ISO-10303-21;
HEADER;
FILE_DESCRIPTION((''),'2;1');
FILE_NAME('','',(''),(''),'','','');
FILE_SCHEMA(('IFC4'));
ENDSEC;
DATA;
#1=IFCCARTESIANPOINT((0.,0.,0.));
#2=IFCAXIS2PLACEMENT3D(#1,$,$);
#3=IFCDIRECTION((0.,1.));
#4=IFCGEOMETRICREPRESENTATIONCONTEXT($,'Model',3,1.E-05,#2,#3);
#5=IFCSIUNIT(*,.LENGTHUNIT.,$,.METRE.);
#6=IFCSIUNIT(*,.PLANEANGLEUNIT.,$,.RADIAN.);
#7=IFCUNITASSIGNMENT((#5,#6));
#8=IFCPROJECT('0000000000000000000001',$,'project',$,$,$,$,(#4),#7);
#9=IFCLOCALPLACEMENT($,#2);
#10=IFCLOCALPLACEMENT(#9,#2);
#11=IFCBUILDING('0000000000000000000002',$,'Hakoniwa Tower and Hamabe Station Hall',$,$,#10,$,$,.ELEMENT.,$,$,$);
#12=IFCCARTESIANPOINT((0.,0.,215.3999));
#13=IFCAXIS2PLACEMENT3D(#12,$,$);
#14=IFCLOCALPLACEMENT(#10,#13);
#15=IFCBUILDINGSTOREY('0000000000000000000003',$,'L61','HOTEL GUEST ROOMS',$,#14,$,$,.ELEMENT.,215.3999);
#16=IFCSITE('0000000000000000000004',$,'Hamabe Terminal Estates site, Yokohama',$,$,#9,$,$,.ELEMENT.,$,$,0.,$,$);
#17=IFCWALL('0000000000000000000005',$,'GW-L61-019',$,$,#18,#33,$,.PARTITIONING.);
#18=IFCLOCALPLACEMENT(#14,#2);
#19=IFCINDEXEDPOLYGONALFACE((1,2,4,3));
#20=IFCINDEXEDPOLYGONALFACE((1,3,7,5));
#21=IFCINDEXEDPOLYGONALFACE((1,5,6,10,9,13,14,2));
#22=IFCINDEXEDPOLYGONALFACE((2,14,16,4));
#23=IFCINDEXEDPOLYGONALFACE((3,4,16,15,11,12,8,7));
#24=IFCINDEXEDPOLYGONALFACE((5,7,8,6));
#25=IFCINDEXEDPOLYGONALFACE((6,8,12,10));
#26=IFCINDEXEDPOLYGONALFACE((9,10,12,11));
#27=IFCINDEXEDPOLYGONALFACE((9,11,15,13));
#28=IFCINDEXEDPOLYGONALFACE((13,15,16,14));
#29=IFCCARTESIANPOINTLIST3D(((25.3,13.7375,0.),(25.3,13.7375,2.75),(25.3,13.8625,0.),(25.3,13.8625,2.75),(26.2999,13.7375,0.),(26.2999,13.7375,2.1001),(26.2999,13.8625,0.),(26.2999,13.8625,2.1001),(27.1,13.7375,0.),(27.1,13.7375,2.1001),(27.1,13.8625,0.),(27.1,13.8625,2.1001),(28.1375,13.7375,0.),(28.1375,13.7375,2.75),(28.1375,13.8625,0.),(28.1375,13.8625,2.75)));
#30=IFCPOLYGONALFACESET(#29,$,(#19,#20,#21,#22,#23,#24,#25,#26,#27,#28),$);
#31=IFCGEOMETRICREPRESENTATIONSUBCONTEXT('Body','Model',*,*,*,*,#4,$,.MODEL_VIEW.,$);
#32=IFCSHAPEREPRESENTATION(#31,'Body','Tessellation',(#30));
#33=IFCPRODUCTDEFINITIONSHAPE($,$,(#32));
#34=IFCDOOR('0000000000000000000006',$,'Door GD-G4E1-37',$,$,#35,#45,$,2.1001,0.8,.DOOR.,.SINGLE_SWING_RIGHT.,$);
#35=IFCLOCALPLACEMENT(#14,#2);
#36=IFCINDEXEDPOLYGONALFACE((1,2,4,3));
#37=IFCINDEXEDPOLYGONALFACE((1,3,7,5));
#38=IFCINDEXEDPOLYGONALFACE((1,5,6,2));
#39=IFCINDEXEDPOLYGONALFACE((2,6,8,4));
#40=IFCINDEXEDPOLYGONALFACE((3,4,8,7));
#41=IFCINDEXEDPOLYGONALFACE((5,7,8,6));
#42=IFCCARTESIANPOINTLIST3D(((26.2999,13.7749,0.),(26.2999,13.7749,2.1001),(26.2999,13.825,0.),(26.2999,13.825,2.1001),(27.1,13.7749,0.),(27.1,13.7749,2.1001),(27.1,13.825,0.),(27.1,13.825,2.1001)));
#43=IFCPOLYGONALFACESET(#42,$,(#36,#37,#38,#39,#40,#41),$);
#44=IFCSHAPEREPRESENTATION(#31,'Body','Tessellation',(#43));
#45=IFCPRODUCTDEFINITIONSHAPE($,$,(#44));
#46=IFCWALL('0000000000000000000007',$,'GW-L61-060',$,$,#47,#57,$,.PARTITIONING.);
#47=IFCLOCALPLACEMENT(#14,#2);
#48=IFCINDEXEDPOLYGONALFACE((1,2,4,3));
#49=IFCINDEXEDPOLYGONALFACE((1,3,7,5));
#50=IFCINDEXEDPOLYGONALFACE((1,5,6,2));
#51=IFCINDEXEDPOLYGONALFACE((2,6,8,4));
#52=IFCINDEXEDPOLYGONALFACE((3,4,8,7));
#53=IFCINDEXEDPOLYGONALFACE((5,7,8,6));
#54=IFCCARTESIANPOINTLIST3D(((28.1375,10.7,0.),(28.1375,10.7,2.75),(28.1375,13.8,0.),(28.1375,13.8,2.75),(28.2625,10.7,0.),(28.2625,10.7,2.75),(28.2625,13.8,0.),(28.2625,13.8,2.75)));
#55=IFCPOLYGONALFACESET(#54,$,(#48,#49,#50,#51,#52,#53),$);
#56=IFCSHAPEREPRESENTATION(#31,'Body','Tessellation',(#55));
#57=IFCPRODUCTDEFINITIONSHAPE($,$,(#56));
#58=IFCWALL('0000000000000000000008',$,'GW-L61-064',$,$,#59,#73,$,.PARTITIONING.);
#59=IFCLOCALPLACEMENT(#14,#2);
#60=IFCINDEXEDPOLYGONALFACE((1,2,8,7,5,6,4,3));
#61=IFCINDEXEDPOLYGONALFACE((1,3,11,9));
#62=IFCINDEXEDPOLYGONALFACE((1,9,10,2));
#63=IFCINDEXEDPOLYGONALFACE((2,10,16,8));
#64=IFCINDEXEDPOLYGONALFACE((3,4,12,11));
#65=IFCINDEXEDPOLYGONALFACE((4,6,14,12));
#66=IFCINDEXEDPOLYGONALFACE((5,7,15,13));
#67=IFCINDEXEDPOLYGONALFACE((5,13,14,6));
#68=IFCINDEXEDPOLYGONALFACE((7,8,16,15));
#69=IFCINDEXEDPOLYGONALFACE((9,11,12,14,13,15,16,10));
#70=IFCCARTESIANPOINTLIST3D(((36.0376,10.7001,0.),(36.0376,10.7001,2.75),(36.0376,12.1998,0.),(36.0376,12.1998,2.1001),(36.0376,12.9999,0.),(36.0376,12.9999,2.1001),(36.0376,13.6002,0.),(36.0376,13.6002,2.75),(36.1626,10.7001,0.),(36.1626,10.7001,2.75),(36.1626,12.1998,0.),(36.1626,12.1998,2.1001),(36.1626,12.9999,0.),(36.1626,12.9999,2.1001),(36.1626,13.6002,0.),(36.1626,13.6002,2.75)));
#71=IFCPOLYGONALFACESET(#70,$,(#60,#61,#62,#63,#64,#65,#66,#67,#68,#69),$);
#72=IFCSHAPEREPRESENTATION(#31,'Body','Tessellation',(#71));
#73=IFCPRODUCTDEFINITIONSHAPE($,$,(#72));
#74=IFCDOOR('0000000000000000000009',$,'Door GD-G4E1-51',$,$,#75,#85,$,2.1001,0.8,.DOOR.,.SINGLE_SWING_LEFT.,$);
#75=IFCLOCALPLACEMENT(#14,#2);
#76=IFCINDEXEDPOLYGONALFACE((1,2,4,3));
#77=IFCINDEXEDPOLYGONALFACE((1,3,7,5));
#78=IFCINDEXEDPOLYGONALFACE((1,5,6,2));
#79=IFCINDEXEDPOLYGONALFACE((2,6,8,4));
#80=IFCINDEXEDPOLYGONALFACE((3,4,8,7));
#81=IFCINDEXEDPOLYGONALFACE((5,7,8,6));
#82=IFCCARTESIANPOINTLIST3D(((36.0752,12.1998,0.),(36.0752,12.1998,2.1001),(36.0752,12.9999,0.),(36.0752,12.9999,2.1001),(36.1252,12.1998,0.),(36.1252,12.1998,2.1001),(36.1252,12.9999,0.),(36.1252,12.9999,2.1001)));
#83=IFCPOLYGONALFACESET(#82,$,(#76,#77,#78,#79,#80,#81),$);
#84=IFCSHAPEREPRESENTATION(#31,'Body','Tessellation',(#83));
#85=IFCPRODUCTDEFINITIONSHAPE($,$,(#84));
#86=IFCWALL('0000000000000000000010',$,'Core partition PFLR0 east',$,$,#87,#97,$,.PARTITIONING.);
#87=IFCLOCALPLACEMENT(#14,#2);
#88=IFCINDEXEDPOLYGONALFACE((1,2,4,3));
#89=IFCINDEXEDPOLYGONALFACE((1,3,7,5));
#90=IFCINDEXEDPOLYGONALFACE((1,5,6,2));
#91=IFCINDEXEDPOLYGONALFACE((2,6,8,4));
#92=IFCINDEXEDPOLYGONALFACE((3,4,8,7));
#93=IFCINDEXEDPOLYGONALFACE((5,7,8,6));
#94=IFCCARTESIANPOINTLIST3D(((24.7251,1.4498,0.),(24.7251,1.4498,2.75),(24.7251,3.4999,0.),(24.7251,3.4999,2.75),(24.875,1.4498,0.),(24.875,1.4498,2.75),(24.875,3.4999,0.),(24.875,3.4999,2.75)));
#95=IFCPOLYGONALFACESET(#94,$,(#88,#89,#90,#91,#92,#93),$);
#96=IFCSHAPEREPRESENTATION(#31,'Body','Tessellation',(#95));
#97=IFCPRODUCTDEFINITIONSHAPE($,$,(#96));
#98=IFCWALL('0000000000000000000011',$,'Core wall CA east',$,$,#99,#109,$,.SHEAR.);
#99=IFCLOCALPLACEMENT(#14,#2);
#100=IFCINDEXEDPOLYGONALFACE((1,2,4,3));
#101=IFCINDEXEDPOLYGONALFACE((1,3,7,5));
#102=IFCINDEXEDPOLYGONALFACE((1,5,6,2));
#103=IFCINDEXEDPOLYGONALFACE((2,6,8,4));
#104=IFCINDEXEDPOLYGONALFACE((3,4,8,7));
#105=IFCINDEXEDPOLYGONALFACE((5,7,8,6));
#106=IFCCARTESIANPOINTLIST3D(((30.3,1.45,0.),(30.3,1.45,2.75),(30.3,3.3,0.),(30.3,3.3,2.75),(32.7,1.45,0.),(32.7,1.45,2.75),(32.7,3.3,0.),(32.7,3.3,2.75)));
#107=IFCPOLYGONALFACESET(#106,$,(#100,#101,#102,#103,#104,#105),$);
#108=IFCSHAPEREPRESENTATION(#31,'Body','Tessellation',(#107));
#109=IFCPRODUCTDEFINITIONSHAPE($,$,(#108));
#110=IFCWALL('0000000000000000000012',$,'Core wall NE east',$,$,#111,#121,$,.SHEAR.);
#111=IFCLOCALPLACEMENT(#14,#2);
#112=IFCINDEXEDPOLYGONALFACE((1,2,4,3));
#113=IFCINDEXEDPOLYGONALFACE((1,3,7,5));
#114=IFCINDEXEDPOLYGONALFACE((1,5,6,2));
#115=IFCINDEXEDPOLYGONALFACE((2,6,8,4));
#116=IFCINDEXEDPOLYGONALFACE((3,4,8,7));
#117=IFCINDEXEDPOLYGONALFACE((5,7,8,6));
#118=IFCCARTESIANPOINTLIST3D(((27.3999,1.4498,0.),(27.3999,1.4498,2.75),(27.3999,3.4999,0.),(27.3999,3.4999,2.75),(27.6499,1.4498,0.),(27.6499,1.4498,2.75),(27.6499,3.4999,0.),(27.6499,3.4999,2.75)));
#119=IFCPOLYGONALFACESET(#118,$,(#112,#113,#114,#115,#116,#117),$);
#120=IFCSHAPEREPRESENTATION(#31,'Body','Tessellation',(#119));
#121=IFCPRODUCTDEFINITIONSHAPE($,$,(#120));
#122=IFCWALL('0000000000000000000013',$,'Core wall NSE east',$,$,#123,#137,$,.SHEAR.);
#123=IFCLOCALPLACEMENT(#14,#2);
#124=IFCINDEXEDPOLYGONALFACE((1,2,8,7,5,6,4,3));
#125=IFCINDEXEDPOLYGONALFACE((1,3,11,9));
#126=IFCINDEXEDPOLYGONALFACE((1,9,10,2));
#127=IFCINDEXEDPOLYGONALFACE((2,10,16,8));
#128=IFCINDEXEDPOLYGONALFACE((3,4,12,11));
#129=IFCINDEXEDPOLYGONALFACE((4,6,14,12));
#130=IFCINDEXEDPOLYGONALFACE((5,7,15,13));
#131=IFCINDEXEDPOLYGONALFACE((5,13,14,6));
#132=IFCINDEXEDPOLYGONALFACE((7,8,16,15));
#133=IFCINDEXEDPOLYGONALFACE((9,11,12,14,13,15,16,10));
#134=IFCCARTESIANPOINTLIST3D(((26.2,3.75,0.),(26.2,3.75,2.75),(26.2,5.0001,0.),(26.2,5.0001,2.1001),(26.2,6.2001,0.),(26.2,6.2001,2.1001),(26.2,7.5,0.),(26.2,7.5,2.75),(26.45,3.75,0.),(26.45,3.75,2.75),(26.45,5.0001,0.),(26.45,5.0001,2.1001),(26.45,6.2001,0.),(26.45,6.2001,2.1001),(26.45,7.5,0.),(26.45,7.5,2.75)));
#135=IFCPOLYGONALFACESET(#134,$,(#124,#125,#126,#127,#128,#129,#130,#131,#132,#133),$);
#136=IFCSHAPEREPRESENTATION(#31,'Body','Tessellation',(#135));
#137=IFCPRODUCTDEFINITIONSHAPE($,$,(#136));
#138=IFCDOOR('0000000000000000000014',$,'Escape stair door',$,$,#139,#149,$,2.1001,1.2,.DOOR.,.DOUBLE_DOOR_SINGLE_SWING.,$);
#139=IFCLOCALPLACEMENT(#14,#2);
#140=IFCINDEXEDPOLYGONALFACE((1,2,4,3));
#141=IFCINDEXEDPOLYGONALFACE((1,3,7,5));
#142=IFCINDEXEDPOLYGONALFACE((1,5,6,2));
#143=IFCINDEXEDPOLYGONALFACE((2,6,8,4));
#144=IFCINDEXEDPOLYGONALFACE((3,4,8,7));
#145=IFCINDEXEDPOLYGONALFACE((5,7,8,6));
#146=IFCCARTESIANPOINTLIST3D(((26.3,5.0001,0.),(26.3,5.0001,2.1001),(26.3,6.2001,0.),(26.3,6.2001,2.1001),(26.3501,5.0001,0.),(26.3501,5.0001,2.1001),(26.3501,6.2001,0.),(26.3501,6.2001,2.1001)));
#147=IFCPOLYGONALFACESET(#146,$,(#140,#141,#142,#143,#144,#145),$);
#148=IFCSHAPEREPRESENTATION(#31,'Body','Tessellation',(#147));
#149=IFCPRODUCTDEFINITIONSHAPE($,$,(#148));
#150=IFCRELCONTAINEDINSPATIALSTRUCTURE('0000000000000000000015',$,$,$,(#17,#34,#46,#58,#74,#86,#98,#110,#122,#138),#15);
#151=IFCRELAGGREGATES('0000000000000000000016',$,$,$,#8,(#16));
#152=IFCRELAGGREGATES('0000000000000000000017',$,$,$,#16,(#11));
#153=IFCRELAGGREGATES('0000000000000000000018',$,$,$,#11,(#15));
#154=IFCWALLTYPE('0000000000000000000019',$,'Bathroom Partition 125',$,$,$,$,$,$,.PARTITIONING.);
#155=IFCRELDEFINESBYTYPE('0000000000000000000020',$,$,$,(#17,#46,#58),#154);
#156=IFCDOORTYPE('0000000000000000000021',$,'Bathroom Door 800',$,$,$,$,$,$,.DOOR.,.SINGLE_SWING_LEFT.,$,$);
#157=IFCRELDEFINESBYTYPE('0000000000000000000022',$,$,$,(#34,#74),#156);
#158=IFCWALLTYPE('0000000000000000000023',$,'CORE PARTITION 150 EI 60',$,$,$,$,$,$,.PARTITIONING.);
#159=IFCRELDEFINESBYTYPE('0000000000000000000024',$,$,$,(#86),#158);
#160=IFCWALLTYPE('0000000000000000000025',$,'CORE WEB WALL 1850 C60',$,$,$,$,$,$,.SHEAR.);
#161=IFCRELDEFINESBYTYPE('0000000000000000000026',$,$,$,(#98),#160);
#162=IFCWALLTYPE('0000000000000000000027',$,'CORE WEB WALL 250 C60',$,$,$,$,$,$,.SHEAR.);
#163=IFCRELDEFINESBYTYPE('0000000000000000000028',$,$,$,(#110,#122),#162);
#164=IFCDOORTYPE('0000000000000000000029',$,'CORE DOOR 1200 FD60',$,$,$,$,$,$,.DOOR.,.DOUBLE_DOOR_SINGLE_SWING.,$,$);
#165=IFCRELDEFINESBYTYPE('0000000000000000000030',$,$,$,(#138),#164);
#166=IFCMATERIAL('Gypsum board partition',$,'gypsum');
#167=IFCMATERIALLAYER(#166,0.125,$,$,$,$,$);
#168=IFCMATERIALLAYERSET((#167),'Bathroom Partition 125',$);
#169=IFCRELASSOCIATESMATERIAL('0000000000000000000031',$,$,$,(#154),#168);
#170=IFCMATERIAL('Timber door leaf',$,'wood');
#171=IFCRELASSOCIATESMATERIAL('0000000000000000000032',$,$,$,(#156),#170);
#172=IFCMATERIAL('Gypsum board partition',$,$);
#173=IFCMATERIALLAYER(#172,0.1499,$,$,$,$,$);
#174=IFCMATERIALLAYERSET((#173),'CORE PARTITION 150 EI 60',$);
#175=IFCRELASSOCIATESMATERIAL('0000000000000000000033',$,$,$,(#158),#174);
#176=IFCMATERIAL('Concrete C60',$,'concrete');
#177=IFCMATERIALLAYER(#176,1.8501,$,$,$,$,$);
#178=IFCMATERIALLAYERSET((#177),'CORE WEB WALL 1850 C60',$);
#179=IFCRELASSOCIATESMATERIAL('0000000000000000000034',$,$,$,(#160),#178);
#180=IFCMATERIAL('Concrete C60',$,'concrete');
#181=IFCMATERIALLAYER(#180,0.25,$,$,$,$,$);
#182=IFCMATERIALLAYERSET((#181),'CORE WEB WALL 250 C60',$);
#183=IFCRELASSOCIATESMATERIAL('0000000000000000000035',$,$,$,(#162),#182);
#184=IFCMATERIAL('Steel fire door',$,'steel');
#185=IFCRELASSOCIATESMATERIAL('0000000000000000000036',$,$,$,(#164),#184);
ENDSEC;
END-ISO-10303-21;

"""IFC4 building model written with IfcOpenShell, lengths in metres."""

from ifc_helpers import new_model, si_unit, direction, frame, frame_2d, origin, place, context, subcontext, project, spatial, rectangle, extrude, material, layer, layer_set, type_object, element, fill, save


model = new_model("IFC4")

# Units and contexts
model_context = context("Model", 3, precision=1e-05, world=origin(), true_north=direction((0.0, 1.0)))
body_context = subcontext(model_context, "Body", "Model", "MODEL_VIEW")
ifc_project = project(units=[si_unit("LENGTHUNIT", "METRE"), si_unit("PLANEANGLEUNIT", "RADIAN")], contexts=[model_context])

# Site, building, storey
site_placement = place(None, origin())
site = spatial("IfcSite", under=ifc_project, at=site_placement, Name="Hamabe Terminal Estates site, Yokohama", CompositionType="ELEMENT", RefElevation=0.0)
building_placement = place(site_placement, origin())
building = spatial("IfcBuilding", under=site, at=building_placement, Name="Hakoniwa Tower and Hamabe Station Hall", CompositionType="ELEMENT")
storey_placement = place(building_placement, frame((0.0, 0.0, 215.3999)))
storey = spatial("IfcBuildingStorey", under=building, at=storey_placement, Name="L61", Description="HOTEL GUEST ROOMS", CompositionType="ELEMENT", Elevation=215.3999)

# Shared definitions
ifc_material_1 = material(Name="Gypsum board partition", Category="gypsum")
ifc_layer_1 = layer(ifc_material_1, 0.125)
ifc_layer_set_1 = layer_set([ifc_layer_1], Name="Bathroom Partition 125")
wall_type_1 = type_object("IfcWallType", Name="Bathroom Partition 125", PredefinedType="PARTITIONING", material=ifc_layer_set_1)

# Wall, opening, door
wall_1_placement = place(storey_placement, frame((25.3, 13.8, 0.0), z_axis=(0.0, 0.0, 1.0), x_axis=(1.0, 0.0, 0.0)))
wall_1 = element("IfcWall", 1, at=wall_1_placement, inside=storey, type_object=wall_type_1, Name="GW-L61-019", PredefinedType="PARTITIONING", context=body_context, shape_type="SweptSolid", body=[
    extrude(rectangle(XDim=2.8374, YDim=0.125, at=frame_2d((1.4187, 0.0))), origin(), (0.0, 0.0, 1.0), 2.75),
])
opening_1_placement = place(wall_1_placement, frame((1.0, 0.0, 0.0)))
opening_1 = element("IfcOpeningElement", 2, at=opening_1_placement, cuts=wall_1, PredefinedType="OPENING", context=body_context, shape_type="SweptSolid", body=[
    extrude(rectangle(XDim=0.8, YDim=2.1001, at=frame_2d((0.3999, 1.05))), frame((0.0, 0.0725, 0.0), z_axis=(0.0, -1.0, 0.0), x_axis=(1.0, 0.0, 0.0)), (0.0, 0.0, 1.0), 0.145),
])
ifc_material_2 = material(Name="Timber door leaf", Category="wood")
door_type_1 = type_object("IfcDoorType", Name="Bathroom Door 800", OperationType="SINGLE_SWING_LEFT", PredefinedType="DOOR", material=ifc_material_2)
door_1_placement = place(opening_1_placement, origin())
door_1 = element("IfcDoor", 3, at=door_1_placement, inside=storey, type_object=door_type_1, Name="Door GD-G4E1-37", OperationType="SINGLE_SWING_RIGHT", OverallHeight=2.1001, OverallWidth=0.8, PredefinedType="DOOR", context=body_context, shape_type="SweptSolid", body=[
    extrude(rectangle(XDim=0.8, YDim=2.1001, at=frame_2d((0.3999, 1.05))), frame((0.0, 0.0249, 0.0), z_axis=(0.0, -1.0, 0.0), x_axis=(1.0, 0.0, 0.0)), (0.0, 0.0, 1.0), 0.05),
])
fill(opening_1, door_1)

# Wall
wall_2_placement = place(storey_placement, frame((28.2, 10.7, 0.0), z_axis=(0.0, 0.0, 1.0), x_axis=(0.0, 1.0, 0.0)))
element("IfcWall", 4, at=wall_2_placement, inside=storey, type_object=wall_type_1, Name="GW-L61-060", PredefinedType="PARTITIONING", context=body_context, shape_type="SweptSolid", body=[
    extrude(rectangle(XDim=3.1001, YDim=0.125, at=frame_2d((1.55, 0.0))), origin(), (0.0, 0.0, 1.0), 2.75),
])

# Wall, opening, door
wall_3_placement = place(storey_placement, frame((36.1001, 10.7, 0.0), z_axis=(0.0, 0.0, 1.0), x_axis=(0.0, 1.0, 0.0)))
wall_3 = element("IfcWall", 5, at=wall_3_placement, inside=storey, type_object=wall_type_1, Name="GW-L61-064", PredefinedType="PARTITIONING", context=body_context, shape_type="SweptSolid", body=[
    extrude(rectangle(XDim=2.9001, YDim=0.125, at=frame_2d((1.4502, 0.0))), origin(), (0.0, 0.0, 1.0), 2.75),
])
opening_2_placement = place(wall_3_placement, frame((1.5, 0.0, 0.0)))
opening_2 = element("IfcOpeningElement", 6, at=opening_2_placement, cuts=wall_3, PredefinedType="OPENING", context=body_context, shape_type="SweptSolid", body=[
    extrude(rectangle(XDim=0.8, YDim=2.1001, at=frame_2d((0.3999, 1.05))), frame((0.0, 0.0725, 0.0), z_axis=(0.0, -1.0, 0.0), x_axis=(1.0, 0.0, 0.0)), (0.0, 0.0, 1.0), 0.145),
])
door_2_placement = place(opening_2_placement, origin())
door_2 = element("IfcDoor", 7, at=door_2_placement, inside=storey, type_object=door_type_1, Name="Door GD-G4E1-51", OperationType="SINGLE_SWING_LEFT", OverallHeight=2.1001, OverallWidth=0.8, PredefinedType="DOOR", context=body_context, shape_type="SweptSolid", body=[
    extrude(rectangle(XDim=0.8, YDim=2.1001, at=frame_2d((0.3999, 1.05))), frame((0.0, 0.0249, 0.0), z_axis=(0.0, -1.0, 0.0), x_axis=(1.0, 0.0, 0.0)), (0.0, 0.0, 1.0), 0.05),
])
fill(opening_2, door_2)

# Walls
ifc_material_3 = material(Name="Gypsum board partition")
ifc_layer_2 = layer(ifc_material_3, 0.1499)
ifc_layer_set_2 = layer_set([ifc_layer_2], Name="CORE PARTITION 150 EI 60")
wall_type_2 = type_object("IfcWallType", Name="CORE PARTITION 150 EI 60", PredefinedType="PARTITIONING", material=ifc_layer_set_2)
wall_4_placement = place(storey_placement, frame((24.8, 1.45, 0.0), z_axis=(0.0, 0.0, 1.0), x_axis=(0.0, 1.0, 0.0)))
element("IfcWall", 8, at=wall_4_placement, inside=storey, type_object=wall_type_2, Name="Core partition PFLR0 east", PredefinedType="PARTITIONING", context=body_context, shape_type="SweptSolid", body=[
    extrude(rectangle(XDim=2.05, YDim=0.1499, at=frame_2d((1.0249, 0.0))), origin(), (0.0, 0.0, 1.0), 2.75),
])
ifc_material_4 = material(Name="Concrete C60", Category="concrete")
ifc_layer_3 = layer(ifc_material_4, 1.8501)
ifc_layer_set_3 = layer_set([ifc_layer_3], Name="CORE WEB WALL 1850 C60")
wall_type_3 = type_object("IfcWallType", Name="CORE WEB WALL 1850 C60", PredefinedType="SHEAR", material=ifc_layer_set_3)
wall_5_placement = place(storey_placement, frame((30.3, 2.375, 0.0), z_axis=(0.0, 0.0, 1.0), x_axis=(1.0, 0.0, 0.0)))
element("IfcWall", 9, at=wall_5_placement, inside=storey, type_object=wall_type_3, Name="Core wall CA east", PredefinedType="SHEAR", context=body_context, shape_type="SweptSolid", body=[
    extrude(rectangle(XDim=2.3999, YDim=1.8501, at=frame_2d((1.2, 0.0))), origin(), (0.0, 0.0, 1.0), 2.75),
])
ifc_material_5 = material(Name="Concrete C60", Category="concrete")
ifc_layer_4 = layer(ifc_material_5, 0.25)
ifc_layer_set_4 = layer_set([ifc_layer_4], Name="CORE WEB WALL 250 C60")
wall_type_4 = type_object("IfcWallType", Name="CORE WEB WALL 250 C60", PredefinedType="SHEAR", material=ifc_layer_set_4)
wall_6_placement = place(storey_placement, frame((27.5249, 1.45, 0.0), z_axis=(0.0, 0.0, 1.0), x_axis=(0.0, 1.0, 0.0)))
element("IfcWall", 10, at=wall_6_placement, inside=storey, type_object=wall_type_4, Name="Core wall NE east", PredefinedType="SHEAR", context=body_context, shape_type="SweptSolid", body=[
    extrude(rectangle(XDim=2.05, YDim=0.25, at=frame_2d((1.0249, 0.0))), origin(), (0.0, 0.0, 1.0), 2.75),
])

# Wall, opening, door
wall_7_placement = place(storey_placement, frame((26.325, 3.75, 0.0), z_axis=(0.0, 0.0, 1.0), x_axis=(0.0, 1.0, 0.0)))
wall_7 = element("IfcWall", 11, at=wall_7_placement, inside=storey, type_object=wall_type_4, Name="Core wall NSE east", PredefinedType="SHEAR", context=body_context, shape_type="SweptSolid", body=[
    extrude(rectangle(XDim=3.75, YDim=0.25, at=frame_2d((1.875, 0.0))), origin(), (0.0, 0.0, 1.0), 2.75),
])
opening_3_placement = place(wall_7_placement, frame((1.25, 0.0, 0.0)))
opening_3 = element("IfcOpeningElement", 12, at=opening_3_placement, cuts=wall_7, PredefinedType="OPENING", context=body_context, shape_type="SweptSolid", body=[
    extrude(rectangle(XDim=1.2, YDim=2.1001, at=frame_2d((0.6001, 1.05))), frame((0.0, 0.135, 0.0), z_axis=(0.0, -1.0, 0.0), x_axis=(1.0, 0.0, 0.0)), (0.0, 0.0, 1.0), 0.27),
])
ifc_material_6 = material(Name="Steel fire door", Category="steel")
door_type_2 = type_object("IfcDoorType", Name="CORE DOOR 1200 FD60", OperationType="DOUBLE_DOOR_SINGLE_SWING", PredefinedType="DOOR", material=ifc_material_6)
door_3_placement = place(opening_3_placement, origin())
door_3 = element("IfcDoor", 13, at=door_3_placement, inside=storey, type_object=door_type_2, Name="Escape stair door", OperationType="DOUBLE_DOOR_SINGLE_SWING", OverallHeight=2.1001, OverallWidth=1.2, PredefinedType="DOOR", context=body_context, shape_type="SweptSolid", body=[
    extrude(rectangle(XDim=1.2, YDim=2.1001, at=frame_2d((0.6001, 1.05))), frame((0.0, 0.0249, 0.0), z_axis=(0.0, -1.0, 0.0), x_axis=(1.0, 0.0, 0.0)), (0.0, 0.0, 1.0), 0.05),
])
fill(opening_3, door_3)

save(model, "model.ifc")
